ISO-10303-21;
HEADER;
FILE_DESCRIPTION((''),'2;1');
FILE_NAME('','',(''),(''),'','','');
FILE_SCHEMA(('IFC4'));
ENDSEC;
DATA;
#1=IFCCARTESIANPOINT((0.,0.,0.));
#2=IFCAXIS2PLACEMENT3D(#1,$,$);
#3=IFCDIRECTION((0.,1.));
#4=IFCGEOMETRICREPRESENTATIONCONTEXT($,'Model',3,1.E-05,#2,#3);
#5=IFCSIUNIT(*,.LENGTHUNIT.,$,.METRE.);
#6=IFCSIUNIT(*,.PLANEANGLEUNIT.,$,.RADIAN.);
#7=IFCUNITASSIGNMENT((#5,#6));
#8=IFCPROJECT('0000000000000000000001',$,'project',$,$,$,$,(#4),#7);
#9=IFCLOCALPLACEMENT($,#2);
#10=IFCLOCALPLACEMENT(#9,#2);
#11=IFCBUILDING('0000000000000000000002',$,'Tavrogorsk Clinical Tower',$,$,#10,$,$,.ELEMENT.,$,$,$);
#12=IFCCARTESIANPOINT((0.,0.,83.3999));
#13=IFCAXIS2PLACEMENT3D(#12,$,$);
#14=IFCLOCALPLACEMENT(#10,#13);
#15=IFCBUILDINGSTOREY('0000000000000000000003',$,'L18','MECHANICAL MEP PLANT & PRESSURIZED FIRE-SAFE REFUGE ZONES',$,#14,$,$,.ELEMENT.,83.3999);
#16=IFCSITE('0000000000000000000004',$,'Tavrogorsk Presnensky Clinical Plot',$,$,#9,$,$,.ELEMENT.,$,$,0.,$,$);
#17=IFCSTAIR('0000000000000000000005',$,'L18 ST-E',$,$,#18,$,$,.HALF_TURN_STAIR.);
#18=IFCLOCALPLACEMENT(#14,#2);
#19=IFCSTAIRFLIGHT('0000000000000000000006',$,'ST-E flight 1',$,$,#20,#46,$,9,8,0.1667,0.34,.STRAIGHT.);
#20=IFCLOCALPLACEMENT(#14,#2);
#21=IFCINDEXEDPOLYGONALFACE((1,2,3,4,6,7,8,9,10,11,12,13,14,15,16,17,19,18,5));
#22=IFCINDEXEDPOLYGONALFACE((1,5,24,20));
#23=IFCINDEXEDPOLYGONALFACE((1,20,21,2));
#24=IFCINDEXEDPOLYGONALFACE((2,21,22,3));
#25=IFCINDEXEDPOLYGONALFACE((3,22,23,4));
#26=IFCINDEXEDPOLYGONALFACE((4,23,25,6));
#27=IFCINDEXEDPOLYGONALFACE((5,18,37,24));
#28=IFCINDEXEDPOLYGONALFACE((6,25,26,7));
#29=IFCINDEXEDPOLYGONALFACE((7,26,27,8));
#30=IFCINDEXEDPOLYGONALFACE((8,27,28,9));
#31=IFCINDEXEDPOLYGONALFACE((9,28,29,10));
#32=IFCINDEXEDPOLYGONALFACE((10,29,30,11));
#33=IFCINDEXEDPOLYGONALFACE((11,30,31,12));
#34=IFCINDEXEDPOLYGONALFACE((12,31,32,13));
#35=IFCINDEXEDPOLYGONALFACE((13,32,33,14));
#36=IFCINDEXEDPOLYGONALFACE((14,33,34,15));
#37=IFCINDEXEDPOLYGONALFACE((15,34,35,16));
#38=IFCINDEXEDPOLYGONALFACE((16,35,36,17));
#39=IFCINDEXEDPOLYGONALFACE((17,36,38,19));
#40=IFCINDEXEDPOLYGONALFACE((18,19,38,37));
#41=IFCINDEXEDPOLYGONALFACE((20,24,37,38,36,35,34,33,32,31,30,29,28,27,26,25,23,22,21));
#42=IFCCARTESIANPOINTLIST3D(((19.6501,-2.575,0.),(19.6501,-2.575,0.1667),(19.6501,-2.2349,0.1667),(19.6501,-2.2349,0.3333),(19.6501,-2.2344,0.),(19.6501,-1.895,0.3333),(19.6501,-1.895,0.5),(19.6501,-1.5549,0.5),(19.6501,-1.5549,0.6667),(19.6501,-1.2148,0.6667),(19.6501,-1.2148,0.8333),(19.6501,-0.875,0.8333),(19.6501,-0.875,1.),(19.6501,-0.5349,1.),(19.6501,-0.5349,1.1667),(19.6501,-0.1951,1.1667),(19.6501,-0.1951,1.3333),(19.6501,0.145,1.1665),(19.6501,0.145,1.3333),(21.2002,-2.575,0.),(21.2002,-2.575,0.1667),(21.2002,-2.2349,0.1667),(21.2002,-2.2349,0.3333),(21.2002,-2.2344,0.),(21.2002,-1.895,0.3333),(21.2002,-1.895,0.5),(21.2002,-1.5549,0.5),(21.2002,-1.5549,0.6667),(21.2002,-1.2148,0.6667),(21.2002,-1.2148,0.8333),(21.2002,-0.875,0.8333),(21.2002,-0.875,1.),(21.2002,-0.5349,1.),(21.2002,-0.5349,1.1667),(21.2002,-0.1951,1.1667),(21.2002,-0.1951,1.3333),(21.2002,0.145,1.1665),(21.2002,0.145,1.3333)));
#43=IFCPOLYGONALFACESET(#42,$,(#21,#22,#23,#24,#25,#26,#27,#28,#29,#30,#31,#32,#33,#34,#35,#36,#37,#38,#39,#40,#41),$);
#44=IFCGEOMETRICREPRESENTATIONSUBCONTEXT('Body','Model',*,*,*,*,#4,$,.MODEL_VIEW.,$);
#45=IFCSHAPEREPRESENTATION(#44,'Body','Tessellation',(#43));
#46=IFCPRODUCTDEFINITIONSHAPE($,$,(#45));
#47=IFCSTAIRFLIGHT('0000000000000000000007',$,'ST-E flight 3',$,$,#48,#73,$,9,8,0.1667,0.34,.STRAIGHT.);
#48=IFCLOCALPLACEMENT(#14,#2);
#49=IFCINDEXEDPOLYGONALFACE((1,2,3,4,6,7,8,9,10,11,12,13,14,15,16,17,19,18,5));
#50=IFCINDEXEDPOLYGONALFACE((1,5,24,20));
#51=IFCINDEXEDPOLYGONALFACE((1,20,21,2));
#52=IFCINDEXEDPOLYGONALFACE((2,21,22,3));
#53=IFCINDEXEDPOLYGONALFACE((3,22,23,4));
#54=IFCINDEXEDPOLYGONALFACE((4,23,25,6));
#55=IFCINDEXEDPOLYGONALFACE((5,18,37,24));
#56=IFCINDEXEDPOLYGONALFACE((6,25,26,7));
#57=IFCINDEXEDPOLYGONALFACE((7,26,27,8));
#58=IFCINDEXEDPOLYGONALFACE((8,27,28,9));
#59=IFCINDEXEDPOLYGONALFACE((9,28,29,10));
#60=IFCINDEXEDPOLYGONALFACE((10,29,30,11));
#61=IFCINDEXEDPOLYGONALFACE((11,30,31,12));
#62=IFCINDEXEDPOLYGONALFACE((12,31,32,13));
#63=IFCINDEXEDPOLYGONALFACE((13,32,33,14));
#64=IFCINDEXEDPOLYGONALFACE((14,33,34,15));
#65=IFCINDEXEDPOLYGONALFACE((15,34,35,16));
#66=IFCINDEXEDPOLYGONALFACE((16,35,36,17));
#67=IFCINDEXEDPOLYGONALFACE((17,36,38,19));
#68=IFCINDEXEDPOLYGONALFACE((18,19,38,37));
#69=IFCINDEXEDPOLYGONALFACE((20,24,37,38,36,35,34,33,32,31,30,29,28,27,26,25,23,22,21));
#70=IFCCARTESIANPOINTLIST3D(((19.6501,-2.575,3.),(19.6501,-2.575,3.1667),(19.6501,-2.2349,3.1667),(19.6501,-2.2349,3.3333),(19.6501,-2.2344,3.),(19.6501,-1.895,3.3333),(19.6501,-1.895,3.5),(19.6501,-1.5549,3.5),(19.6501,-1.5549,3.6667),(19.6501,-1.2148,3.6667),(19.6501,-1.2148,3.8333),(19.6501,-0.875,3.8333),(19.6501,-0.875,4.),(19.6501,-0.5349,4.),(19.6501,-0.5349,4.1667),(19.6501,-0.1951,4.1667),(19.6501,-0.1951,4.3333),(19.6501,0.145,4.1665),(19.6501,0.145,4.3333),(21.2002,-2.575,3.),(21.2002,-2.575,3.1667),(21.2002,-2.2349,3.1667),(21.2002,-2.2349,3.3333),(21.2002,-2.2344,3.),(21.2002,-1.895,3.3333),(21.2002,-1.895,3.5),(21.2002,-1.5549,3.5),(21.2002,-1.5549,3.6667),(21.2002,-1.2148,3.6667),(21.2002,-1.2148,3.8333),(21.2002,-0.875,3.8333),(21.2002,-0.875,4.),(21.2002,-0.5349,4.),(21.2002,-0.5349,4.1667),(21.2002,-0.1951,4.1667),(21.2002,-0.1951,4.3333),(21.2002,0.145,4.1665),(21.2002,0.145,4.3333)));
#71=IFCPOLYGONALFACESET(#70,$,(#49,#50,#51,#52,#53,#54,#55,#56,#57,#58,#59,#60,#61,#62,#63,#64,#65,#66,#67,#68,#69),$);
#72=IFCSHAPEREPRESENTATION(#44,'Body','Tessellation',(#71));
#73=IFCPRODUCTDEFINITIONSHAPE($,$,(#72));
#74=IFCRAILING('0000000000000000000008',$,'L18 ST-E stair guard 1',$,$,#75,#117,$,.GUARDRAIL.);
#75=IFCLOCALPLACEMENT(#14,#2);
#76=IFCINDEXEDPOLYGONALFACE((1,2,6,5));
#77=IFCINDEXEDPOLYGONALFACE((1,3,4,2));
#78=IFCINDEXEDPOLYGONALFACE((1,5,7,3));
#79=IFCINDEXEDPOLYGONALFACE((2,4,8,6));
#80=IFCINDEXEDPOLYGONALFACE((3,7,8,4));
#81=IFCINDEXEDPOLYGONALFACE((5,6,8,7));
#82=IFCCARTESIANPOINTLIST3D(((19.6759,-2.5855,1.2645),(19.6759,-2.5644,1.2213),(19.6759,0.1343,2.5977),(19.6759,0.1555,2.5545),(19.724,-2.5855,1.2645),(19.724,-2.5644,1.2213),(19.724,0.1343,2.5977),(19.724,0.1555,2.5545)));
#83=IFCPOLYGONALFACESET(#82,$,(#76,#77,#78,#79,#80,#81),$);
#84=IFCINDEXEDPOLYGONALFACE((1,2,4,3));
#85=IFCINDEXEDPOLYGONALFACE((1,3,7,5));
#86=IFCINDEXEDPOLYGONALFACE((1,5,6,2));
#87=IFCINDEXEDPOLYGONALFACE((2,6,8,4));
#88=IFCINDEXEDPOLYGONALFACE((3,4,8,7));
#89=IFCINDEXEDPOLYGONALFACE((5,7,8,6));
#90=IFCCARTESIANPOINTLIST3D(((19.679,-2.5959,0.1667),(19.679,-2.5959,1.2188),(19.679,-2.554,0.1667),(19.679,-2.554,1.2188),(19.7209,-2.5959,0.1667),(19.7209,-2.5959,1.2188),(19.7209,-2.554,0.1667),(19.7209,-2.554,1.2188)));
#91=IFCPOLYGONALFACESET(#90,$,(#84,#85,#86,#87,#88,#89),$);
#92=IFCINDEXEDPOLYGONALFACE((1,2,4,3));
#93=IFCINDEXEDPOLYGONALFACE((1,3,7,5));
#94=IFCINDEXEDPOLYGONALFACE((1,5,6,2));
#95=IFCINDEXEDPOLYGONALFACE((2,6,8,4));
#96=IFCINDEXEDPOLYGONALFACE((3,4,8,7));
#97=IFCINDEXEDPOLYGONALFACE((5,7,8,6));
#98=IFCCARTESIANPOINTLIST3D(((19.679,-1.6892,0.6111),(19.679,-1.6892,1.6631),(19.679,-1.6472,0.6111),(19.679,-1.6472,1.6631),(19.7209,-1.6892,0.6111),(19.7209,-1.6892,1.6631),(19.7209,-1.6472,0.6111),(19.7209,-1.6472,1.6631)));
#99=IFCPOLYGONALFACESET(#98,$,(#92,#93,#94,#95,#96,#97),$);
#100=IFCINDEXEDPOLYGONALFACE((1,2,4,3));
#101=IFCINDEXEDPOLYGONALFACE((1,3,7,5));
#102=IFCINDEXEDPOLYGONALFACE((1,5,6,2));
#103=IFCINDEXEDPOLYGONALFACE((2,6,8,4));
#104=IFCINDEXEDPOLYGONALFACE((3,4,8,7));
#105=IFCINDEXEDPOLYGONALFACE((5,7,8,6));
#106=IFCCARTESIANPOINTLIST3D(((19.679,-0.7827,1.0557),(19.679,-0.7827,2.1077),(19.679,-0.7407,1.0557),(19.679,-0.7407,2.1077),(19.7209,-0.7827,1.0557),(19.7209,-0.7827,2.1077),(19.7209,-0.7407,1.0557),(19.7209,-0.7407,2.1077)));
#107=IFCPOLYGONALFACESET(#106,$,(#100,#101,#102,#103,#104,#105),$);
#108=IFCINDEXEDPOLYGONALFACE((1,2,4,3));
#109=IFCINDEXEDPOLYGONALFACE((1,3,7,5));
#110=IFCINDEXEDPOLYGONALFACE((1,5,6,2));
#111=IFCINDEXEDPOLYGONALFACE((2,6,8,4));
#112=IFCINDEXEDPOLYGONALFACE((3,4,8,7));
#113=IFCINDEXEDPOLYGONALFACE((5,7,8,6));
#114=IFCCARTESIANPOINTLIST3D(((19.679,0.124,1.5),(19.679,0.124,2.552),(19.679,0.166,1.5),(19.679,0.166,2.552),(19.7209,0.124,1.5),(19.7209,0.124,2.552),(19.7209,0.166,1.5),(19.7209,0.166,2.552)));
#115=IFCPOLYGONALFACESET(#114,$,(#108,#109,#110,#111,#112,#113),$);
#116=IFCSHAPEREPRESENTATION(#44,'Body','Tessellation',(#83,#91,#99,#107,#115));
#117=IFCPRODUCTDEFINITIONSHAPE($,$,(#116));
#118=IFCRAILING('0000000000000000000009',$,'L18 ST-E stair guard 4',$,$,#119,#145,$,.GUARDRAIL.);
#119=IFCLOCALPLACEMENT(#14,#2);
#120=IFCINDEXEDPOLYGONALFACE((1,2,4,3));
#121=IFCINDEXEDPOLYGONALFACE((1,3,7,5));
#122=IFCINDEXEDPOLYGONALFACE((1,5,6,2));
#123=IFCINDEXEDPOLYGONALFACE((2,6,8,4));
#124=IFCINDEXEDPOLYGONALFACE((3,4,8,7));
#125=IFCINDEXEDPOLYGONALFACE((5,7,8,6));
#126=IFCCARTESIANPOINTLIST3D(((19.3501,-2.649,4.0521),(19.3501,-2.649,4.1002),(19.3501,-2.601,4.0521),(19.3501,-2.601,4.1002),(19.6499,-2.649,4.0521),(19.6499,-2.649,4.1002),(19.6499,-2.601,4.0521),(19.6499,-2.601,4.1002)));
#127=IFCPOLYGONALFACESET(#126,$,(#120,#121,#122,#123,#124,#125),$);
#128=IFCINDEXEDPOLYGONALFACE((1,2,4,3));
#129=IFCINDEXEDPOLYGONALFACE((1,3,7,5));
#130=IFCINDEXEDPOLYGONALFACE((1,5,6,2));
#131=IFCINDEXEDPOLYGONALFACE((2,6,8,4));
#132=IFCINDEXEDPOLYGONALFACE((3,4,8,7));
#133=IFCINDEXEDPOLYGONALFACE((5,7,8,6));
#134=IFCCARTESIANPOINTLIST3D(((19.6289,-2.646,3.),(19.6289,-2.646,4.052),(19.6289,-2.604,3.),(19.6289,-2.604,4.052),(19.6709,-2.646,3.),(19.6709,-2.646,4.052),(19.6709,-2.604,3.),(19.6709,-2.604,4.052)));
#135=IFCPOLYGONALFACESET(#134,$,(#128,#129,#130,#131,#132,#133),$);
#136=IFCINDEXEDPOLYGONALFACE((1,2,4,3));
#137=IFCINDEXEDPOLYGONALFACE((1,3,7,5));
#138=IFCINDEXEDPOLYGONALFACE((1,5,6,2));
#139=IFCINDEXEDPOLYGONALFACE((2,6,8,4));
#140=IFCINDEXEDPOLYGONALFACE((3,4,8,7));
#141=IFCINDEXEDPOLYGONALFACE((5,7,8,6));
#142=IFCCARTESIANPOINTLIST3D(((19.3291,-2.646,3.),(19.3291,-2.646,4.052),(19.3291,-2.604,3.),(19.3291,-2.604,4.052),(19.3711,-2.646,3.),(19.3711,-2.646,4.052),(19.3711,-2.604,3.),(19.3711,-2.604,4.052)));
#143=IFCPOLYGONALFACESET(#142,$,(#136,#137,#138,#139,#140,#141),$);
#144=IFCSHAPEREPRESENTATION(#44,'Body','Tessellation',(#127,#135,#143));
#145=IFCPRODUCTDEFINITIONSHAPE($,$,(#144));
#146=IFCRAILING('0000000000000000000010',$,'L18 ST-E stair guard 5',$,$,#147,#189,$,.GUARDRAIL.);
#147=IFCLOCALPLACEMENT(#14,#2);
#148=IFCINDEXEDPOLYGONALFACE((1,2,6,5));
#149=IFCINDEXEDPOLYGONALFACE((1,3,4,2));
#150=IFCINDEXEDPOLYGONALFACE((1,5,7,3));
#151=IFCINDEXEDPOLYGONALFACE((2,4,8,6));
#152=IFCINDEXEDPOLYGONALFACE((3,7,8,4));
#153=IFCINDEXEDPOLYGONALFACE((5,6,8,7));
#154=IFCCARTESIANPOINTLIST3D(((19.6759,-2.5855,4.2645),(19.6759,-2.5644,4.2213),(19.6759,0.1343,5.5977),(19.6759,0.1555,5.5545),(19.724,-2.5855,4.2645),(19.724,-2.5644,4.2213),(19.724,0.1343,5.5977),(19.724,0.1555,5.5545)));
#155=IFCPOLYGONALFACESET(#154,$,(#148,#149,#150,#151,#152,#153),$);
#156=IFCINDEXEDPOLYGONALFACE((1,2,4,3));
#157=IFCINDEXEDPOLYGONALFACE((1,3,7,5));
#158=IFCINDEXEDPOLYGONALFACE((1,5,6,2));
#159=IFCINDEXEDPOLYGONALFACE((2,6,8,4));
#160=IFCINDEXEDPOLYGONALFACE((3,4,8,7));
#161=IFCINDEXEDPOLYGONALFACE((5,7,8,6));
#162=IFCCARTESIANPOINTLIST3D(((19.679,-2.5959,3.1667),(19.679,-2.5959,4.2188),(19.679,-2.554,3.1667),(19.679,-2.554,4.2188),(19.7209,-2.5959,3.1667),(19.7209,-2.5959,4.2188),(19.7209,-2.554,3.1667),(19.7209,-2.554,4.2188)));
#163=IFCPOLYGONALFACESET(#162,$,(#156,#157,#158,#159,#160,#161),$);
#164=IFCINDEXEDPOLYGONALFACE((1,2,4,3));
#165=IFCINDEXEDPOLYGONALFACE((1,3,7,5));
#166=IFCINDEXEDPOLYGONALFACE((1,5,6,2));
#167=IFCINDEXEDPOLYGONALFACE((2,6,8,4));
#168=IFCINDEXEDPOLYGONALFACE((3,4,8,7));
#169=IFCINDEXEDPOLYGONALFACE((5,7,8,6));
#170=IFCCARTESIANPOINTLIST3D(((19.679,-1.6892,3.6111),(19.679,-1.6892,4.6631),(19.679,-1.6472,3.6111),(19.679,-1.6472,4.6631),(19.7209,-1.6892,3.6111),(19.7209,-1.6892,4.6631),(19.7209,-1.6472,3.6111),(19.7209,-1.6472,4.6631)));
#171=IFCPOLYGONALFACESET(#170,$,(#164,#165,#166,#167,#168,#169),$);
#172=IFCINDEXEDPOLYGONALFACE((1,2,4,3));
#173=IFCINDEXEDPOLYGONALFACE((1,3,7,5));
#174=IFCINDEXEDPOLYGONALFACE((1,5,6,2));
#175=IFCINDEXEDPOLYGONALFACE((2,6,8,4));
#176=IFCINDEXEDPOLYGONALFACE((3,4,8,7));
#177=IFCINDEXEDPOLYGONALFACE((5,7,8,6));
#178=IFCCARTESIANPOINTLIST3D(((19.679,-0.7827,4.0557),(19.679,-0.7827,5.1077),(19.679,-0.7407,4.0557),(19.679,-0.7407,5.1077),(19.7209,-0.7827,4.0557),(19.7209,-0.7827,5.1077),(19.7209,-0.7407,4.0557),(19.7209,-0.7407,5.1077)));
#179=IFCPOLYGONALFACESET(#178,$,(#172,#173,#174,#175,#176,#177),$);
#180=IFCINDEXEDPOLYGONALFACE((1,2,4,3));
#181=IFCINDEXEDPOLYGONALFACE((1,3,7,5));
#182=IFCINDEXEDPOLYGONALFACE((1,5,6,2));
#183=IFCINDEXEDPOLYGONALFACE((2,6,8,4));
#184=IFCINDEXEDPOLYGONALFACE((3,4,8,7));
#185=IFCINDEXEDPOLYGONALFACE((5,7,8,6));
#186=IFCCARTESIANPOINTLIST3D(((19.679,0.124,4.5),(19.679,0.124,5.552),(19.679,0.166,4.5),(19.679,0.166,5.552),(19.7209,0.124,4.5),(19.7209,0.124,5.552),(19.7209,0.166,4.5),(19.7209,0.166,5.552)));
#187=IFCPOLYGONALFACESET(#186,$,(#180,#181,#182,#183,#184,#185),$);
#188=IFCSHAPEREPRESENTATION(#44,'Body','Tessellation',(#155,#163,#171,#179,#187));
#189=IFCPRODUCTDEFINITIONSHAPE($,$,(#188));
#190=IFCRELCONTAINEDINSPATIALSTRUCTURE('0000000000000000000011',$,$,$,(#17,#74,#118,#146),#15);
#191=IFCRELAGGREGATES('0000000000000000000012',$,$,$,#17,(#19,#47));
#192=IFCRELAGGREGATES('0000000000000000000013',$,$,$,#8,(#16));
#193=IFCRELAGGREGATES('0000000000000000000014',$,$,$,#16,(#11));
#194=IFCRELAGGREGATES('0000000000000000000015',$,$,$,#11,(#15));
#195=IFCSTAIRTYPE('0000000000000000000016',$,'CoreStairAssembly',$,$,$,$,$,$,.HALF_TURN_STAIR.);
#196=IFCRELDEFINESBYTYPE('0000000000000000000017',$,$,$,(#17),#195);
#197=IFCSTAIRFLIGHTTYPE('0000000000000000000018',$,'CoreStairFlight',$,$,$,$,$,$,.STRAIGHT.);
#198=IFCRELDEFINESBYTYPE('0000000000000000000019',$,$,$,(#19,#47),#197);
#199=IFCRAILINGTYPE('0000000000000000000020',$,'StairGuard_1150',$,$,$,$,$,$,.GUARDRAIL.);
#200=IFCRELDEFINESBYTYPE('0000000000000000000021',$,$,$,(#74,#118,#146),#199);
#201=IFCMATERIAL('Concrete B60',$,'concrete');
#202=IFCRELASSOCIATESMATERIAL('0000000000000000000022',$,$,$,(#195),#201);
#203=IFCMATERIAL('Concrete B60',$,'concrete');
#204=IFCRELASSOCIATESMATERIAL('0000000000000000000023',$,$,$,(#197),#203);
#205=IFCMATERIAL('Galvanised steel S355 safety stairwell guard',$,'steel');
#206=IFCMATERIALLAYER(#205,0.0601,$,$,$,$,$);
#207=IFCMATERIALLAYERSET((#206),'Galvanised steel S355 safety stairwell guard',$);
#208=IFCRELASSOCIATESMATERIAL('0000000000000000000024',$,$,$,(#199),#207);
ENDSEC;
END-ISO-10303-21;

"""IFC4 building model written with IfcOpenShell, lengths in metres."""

from ifc_helpers import new_model, si_unit, direction, frame, origin, origin_2d, place, context, subcontext, project, spatial, polyline, rectangle, outline, extrude, material, layer, layer_set, type_object, element, aggregate, save


model = new_model("IFC4")

# Units and contexts
model_context = context("Model", 3, precision=1e-05, world=origin(), true_north=direction((0.0, 1.0)))
body_context = subcontext(model_context, "Body", "Model", "MODEL_VIEW")
ifc_project = project(units=[si_unit("LENGTHUNIT", "METRE"), si_unit("PLANEANGLEUNIT", "RADIAN")], contexts=[model_context])

# Site, building, storey
site_placement = place(None, origin())
site = spatial("IfcSite", under=ifc_project, at=site_placement, Name="Tavrogorsk Presnensky Clinical Plot", CompositionType="ELEMENT", RefElevation=0.0)
building_placement = place(site_placement, origin())
building = spatial("IfcBuilding", under=site, at=building_placement, Name="Tavrogorsk Clinical Tower", CompositionType="ELEMENT")
storey_placement = place(building_placement, frame((0.0, 0.0, 83.3999)))
storey = spatial("IfcBuildingStorey", under=building, at=storey_placement, Name="L18", Description="MECHANICAL MEP PLANT & PRESSURIZED FIRE-SAFE REFUGE ZONES", CompositionType="ELEMENT", Elevation=83.3999)

# Stair, stair flights
ifc_material_1 = material(Name="Concrete B60", Category="concrete")
stair_type = type_object("IfcStairType", Name="CoreStairAssembly", PredefinedType="HALF_TURN_STAIR", material=ifc_material_1)
stair_placement = place(storey_placement, origin())
stair = element("IfcStair", 1, at=stair_placement, inside=storey, type_object=stair_type, Name="L18 ST-E", PredefinedType="HALF_TURN_STAIR")
ifc_material_2 = material(Name="Concrete B60", Category="concrete")
stair_flight_type = type_object("IfcStairFlightType", Name="CoreStairFlight", PredefinedType="STRAIGHT", material=ifc_material_2)
stair_flight_1_placement = place(storey_placement, frame((20.425, -2.575, 0.0), z_axis=(0.0, 0.0, 1.0), x_axis=(0.0, 1.0, 0.0)))
stair_flight_1 = element("IfcStairFlight", 2, at=stair_flight_1_placement, type_object=stair_flight_type, Name="ST-E flight 1", NumberOfRisers=9, NumberOfTreads=8, PredefinedType="STRAIGHT", RiserHeight=0.1667, TreadLength=0.34, context=body_context, shape_type="SweptSolid", body=[
    extrude(outline(polyline([(0.0, 0.0), (0.0, 0.1667), (0.3401, 0.1667), (0.3401, 0.3333), (0.6799, 0.3333), (0.6799, 0.5), (1.02, 0.5), (1.02, 0.6667), (1.3601, 0.6667), (1.3601, 0.8333), (1.7, 0.8333), (1.7, 1.0), (2.04, 1.0), (2.04, 1.1667), (2.3799, 1.1667), (2.3799, 1.3333), (2.72, 1.3333), (2.72, 1.5), (2.72, 1.1665), (0.3406, 0.0), (0.0, 0.0)])), frame((0.0, 0.7749, 0.0), z_axis=(0.0, -1.0, 0.0), x_axis=(1.0, 0.0, 0.0)), (0.0, 0.0, 1.0), 1.55),
])
stair_flight_2_placement = place(storey_placement, frame((20.425, -2.575, 3.0), z_axis=(0.0, 0.0, 1.0), x_axis=(0.0, 1.0, 0.0)))
stair_flight_2 = element("IfcStairFlight", 3, at=stair_flight_2_placement, type_object=stair_flight_type, Name="ST-E flight 3", NumberOfRisers=9, NumberOfTreads=8, PredefinedType="STRAIGHT", RiserHeight=0.1667, TreadLength=0.34, context=body_context, shape_type="SweptSolid", body=[
    extrude(outline(polyline([(0.0, 0.0), (0.0, 0.1667), (0.3401, 0.1667), (0.3401, 0.3333), (0.6799, 0.3333), (0.6799, 0.5), (1.02, 0.5), (1.02, 0.6667), (1.3601, 0.6667), (1.3601, 0.8333), (1.7, 0.8333), (1.7, 1.0), (2.04, 1.0), (2.04, 1.1667), (2.3799, 1.1667), (2.3799, 1.3333), (2.72, 1.3333), (2.72, 1.5), (2.72, 1.1665), (0.3406, 0.0), (0.0, 0.0)])), frame((0.0, 0.7749, 0.0), z_axis=(0.0, -1.0, 0.0), x_axis=(1.0, 0.0, 0.0)), (0.0, 0.0, 1.0), 1.55),
])
aggregate(stair, [stair_flight_1, stair_flight_2])

# Railings
ifc_material_3 = material(Name="Galvanised steel S355 safety stairwell guard", Category="steel")
ifc_layer_1 = layer(ifc_material_3, 0.0601)
ifc_layer_set_1 = layer_set([ifc_layer_1], Name="Galvanised steel S355 safety stairwell guard")
railing_type_1 = type_object("IfcRailingType", Name="StairGuard_1150", PredefinedType="GUARDRAIL", material=ifc_layer_set_1)
railing_1_placement = place(storey_placement, frame((19.7, -2.575, 0.1667)))
element("IfcRailing", 4, at=railing_1_placement, inside=storey, type_object=railing_type_1, Name="L18 ST-E stair guard 1", PredefinedType="GUARDRAIL", context=body_context, shape_type="SweptSolid", body=[
    extrude(rectangle(XDim=0.0481, YDim=0.0481, at=origin_2d()), frame((0.0, 0.0, 1.0762), z_axis=(0.0, 0.897929, 0.440139), x_axis=(-1.0, 0.0, 0.0)), (0.0, 0.0, 1.0), 3.0291),
    extrude(rectangle(XDim=0.042, YDim=0.042, at=origin_2d()), origin(), (0.0, 0.0, 1.0), 1.052),
    extrude(rectangle(XDim=0.042, YDim=0.042, at=origin_2d()), frame((0.0, 0.9067, 0.4443)), (0.0, 0.0, 1.0), 1.052),
    extrude(rectangle(XDim=0.042, YDim=0.042, at=origin_2d()), frame((0.0, 1.8132, 0.8889)), (0.0, 0.0, 1.0), 1.052),
    extrude(rectangle(XDim=0.042, YDim=0.042, at=origin_2d()), frame((0.0, 2.72, 1.3333)), (0.0, 0.0, 1.0), 1.052),
])
railing_2_placement = place(storey_placement, frame((19.6499, -2.625, 3.0)))
element("IfcRailing", 5, at=railing_2_placement, inside=storey, type_object=railing_type_1, Name="L18 ST-E stair guard 4", PredefinedType="GUARDRAIL", context=body_context, shape_type="SweptSolid", body=[
    extrude(rectangle(XDim=0.0481, YDim=0.0481, at=origin_2d()), frame((0.0, 0.0, 1.0762), z_axis=(-1.0, 0.0, 0.0), x_axis=(0.0, -1.0, 0.0)), (0.0, 0.0, 1.0), 0.2998),
    extrude(rectangle(XDim=0.042, YDim=0.042, at=origin_2d()), origin(), (0.0, 0.0, 1.0), 1.052),
    extrude(rectangle(XDim=0.042, YDim=0.042, at=origin_2d()), frame((-0.2998, 0.0, 0.0)), (0.0, 0.0, 1.0), 1.052),
])
railing_3_placement = place(storey_placement, frame((19.7, -2.575, 3.1667)))
element("IfcRailing", 6, at=railing_3_placement, inside=storey, type_object=railing_type_1, Name="L18 ST-E stair guard 5", PredefinedType="GUARDRAIL", context=body_context, shape_type="SweptSolid", body=[
    extrude(rectangle(XDim=0.0481, YDim=0.0481, at=origin_2d()), frame((0.0, 0.0, 1.0762), z_axis=(0.0, 0.897929, 0.440139), x_axis=(-1.0, 0.0, 0.0)), (0.0, 0.0, 1.0), 3.0291),
    extrude(rectangle(XDim=0.042, YDim=0.042, at=origin_2d()), origin(), (0.0, 0.0, 1.0), 1.052),
    extrude(rectangle(XDim=0.042, YDim=0.042, at=origin_2d()), frame((0.0, 0.9067, 0.4443)), (0.0, 0.0, 1.0), 1.052),
    extrude(rectangle(XDim=0.042, YDim=0.042, at=origin_2d()), frame((0.0, 1.8132, 0.8889)), (0.0, 0.0, 1.0), 1.052),
    extrude(rectangle(XDim=0.042, YDim=0.042, at=origin_2d()), frame((0.0, 2.72, 1.3333)), (0.0, 0.0, 1.0), 1.052),
])

save(model, "model.ifc")
